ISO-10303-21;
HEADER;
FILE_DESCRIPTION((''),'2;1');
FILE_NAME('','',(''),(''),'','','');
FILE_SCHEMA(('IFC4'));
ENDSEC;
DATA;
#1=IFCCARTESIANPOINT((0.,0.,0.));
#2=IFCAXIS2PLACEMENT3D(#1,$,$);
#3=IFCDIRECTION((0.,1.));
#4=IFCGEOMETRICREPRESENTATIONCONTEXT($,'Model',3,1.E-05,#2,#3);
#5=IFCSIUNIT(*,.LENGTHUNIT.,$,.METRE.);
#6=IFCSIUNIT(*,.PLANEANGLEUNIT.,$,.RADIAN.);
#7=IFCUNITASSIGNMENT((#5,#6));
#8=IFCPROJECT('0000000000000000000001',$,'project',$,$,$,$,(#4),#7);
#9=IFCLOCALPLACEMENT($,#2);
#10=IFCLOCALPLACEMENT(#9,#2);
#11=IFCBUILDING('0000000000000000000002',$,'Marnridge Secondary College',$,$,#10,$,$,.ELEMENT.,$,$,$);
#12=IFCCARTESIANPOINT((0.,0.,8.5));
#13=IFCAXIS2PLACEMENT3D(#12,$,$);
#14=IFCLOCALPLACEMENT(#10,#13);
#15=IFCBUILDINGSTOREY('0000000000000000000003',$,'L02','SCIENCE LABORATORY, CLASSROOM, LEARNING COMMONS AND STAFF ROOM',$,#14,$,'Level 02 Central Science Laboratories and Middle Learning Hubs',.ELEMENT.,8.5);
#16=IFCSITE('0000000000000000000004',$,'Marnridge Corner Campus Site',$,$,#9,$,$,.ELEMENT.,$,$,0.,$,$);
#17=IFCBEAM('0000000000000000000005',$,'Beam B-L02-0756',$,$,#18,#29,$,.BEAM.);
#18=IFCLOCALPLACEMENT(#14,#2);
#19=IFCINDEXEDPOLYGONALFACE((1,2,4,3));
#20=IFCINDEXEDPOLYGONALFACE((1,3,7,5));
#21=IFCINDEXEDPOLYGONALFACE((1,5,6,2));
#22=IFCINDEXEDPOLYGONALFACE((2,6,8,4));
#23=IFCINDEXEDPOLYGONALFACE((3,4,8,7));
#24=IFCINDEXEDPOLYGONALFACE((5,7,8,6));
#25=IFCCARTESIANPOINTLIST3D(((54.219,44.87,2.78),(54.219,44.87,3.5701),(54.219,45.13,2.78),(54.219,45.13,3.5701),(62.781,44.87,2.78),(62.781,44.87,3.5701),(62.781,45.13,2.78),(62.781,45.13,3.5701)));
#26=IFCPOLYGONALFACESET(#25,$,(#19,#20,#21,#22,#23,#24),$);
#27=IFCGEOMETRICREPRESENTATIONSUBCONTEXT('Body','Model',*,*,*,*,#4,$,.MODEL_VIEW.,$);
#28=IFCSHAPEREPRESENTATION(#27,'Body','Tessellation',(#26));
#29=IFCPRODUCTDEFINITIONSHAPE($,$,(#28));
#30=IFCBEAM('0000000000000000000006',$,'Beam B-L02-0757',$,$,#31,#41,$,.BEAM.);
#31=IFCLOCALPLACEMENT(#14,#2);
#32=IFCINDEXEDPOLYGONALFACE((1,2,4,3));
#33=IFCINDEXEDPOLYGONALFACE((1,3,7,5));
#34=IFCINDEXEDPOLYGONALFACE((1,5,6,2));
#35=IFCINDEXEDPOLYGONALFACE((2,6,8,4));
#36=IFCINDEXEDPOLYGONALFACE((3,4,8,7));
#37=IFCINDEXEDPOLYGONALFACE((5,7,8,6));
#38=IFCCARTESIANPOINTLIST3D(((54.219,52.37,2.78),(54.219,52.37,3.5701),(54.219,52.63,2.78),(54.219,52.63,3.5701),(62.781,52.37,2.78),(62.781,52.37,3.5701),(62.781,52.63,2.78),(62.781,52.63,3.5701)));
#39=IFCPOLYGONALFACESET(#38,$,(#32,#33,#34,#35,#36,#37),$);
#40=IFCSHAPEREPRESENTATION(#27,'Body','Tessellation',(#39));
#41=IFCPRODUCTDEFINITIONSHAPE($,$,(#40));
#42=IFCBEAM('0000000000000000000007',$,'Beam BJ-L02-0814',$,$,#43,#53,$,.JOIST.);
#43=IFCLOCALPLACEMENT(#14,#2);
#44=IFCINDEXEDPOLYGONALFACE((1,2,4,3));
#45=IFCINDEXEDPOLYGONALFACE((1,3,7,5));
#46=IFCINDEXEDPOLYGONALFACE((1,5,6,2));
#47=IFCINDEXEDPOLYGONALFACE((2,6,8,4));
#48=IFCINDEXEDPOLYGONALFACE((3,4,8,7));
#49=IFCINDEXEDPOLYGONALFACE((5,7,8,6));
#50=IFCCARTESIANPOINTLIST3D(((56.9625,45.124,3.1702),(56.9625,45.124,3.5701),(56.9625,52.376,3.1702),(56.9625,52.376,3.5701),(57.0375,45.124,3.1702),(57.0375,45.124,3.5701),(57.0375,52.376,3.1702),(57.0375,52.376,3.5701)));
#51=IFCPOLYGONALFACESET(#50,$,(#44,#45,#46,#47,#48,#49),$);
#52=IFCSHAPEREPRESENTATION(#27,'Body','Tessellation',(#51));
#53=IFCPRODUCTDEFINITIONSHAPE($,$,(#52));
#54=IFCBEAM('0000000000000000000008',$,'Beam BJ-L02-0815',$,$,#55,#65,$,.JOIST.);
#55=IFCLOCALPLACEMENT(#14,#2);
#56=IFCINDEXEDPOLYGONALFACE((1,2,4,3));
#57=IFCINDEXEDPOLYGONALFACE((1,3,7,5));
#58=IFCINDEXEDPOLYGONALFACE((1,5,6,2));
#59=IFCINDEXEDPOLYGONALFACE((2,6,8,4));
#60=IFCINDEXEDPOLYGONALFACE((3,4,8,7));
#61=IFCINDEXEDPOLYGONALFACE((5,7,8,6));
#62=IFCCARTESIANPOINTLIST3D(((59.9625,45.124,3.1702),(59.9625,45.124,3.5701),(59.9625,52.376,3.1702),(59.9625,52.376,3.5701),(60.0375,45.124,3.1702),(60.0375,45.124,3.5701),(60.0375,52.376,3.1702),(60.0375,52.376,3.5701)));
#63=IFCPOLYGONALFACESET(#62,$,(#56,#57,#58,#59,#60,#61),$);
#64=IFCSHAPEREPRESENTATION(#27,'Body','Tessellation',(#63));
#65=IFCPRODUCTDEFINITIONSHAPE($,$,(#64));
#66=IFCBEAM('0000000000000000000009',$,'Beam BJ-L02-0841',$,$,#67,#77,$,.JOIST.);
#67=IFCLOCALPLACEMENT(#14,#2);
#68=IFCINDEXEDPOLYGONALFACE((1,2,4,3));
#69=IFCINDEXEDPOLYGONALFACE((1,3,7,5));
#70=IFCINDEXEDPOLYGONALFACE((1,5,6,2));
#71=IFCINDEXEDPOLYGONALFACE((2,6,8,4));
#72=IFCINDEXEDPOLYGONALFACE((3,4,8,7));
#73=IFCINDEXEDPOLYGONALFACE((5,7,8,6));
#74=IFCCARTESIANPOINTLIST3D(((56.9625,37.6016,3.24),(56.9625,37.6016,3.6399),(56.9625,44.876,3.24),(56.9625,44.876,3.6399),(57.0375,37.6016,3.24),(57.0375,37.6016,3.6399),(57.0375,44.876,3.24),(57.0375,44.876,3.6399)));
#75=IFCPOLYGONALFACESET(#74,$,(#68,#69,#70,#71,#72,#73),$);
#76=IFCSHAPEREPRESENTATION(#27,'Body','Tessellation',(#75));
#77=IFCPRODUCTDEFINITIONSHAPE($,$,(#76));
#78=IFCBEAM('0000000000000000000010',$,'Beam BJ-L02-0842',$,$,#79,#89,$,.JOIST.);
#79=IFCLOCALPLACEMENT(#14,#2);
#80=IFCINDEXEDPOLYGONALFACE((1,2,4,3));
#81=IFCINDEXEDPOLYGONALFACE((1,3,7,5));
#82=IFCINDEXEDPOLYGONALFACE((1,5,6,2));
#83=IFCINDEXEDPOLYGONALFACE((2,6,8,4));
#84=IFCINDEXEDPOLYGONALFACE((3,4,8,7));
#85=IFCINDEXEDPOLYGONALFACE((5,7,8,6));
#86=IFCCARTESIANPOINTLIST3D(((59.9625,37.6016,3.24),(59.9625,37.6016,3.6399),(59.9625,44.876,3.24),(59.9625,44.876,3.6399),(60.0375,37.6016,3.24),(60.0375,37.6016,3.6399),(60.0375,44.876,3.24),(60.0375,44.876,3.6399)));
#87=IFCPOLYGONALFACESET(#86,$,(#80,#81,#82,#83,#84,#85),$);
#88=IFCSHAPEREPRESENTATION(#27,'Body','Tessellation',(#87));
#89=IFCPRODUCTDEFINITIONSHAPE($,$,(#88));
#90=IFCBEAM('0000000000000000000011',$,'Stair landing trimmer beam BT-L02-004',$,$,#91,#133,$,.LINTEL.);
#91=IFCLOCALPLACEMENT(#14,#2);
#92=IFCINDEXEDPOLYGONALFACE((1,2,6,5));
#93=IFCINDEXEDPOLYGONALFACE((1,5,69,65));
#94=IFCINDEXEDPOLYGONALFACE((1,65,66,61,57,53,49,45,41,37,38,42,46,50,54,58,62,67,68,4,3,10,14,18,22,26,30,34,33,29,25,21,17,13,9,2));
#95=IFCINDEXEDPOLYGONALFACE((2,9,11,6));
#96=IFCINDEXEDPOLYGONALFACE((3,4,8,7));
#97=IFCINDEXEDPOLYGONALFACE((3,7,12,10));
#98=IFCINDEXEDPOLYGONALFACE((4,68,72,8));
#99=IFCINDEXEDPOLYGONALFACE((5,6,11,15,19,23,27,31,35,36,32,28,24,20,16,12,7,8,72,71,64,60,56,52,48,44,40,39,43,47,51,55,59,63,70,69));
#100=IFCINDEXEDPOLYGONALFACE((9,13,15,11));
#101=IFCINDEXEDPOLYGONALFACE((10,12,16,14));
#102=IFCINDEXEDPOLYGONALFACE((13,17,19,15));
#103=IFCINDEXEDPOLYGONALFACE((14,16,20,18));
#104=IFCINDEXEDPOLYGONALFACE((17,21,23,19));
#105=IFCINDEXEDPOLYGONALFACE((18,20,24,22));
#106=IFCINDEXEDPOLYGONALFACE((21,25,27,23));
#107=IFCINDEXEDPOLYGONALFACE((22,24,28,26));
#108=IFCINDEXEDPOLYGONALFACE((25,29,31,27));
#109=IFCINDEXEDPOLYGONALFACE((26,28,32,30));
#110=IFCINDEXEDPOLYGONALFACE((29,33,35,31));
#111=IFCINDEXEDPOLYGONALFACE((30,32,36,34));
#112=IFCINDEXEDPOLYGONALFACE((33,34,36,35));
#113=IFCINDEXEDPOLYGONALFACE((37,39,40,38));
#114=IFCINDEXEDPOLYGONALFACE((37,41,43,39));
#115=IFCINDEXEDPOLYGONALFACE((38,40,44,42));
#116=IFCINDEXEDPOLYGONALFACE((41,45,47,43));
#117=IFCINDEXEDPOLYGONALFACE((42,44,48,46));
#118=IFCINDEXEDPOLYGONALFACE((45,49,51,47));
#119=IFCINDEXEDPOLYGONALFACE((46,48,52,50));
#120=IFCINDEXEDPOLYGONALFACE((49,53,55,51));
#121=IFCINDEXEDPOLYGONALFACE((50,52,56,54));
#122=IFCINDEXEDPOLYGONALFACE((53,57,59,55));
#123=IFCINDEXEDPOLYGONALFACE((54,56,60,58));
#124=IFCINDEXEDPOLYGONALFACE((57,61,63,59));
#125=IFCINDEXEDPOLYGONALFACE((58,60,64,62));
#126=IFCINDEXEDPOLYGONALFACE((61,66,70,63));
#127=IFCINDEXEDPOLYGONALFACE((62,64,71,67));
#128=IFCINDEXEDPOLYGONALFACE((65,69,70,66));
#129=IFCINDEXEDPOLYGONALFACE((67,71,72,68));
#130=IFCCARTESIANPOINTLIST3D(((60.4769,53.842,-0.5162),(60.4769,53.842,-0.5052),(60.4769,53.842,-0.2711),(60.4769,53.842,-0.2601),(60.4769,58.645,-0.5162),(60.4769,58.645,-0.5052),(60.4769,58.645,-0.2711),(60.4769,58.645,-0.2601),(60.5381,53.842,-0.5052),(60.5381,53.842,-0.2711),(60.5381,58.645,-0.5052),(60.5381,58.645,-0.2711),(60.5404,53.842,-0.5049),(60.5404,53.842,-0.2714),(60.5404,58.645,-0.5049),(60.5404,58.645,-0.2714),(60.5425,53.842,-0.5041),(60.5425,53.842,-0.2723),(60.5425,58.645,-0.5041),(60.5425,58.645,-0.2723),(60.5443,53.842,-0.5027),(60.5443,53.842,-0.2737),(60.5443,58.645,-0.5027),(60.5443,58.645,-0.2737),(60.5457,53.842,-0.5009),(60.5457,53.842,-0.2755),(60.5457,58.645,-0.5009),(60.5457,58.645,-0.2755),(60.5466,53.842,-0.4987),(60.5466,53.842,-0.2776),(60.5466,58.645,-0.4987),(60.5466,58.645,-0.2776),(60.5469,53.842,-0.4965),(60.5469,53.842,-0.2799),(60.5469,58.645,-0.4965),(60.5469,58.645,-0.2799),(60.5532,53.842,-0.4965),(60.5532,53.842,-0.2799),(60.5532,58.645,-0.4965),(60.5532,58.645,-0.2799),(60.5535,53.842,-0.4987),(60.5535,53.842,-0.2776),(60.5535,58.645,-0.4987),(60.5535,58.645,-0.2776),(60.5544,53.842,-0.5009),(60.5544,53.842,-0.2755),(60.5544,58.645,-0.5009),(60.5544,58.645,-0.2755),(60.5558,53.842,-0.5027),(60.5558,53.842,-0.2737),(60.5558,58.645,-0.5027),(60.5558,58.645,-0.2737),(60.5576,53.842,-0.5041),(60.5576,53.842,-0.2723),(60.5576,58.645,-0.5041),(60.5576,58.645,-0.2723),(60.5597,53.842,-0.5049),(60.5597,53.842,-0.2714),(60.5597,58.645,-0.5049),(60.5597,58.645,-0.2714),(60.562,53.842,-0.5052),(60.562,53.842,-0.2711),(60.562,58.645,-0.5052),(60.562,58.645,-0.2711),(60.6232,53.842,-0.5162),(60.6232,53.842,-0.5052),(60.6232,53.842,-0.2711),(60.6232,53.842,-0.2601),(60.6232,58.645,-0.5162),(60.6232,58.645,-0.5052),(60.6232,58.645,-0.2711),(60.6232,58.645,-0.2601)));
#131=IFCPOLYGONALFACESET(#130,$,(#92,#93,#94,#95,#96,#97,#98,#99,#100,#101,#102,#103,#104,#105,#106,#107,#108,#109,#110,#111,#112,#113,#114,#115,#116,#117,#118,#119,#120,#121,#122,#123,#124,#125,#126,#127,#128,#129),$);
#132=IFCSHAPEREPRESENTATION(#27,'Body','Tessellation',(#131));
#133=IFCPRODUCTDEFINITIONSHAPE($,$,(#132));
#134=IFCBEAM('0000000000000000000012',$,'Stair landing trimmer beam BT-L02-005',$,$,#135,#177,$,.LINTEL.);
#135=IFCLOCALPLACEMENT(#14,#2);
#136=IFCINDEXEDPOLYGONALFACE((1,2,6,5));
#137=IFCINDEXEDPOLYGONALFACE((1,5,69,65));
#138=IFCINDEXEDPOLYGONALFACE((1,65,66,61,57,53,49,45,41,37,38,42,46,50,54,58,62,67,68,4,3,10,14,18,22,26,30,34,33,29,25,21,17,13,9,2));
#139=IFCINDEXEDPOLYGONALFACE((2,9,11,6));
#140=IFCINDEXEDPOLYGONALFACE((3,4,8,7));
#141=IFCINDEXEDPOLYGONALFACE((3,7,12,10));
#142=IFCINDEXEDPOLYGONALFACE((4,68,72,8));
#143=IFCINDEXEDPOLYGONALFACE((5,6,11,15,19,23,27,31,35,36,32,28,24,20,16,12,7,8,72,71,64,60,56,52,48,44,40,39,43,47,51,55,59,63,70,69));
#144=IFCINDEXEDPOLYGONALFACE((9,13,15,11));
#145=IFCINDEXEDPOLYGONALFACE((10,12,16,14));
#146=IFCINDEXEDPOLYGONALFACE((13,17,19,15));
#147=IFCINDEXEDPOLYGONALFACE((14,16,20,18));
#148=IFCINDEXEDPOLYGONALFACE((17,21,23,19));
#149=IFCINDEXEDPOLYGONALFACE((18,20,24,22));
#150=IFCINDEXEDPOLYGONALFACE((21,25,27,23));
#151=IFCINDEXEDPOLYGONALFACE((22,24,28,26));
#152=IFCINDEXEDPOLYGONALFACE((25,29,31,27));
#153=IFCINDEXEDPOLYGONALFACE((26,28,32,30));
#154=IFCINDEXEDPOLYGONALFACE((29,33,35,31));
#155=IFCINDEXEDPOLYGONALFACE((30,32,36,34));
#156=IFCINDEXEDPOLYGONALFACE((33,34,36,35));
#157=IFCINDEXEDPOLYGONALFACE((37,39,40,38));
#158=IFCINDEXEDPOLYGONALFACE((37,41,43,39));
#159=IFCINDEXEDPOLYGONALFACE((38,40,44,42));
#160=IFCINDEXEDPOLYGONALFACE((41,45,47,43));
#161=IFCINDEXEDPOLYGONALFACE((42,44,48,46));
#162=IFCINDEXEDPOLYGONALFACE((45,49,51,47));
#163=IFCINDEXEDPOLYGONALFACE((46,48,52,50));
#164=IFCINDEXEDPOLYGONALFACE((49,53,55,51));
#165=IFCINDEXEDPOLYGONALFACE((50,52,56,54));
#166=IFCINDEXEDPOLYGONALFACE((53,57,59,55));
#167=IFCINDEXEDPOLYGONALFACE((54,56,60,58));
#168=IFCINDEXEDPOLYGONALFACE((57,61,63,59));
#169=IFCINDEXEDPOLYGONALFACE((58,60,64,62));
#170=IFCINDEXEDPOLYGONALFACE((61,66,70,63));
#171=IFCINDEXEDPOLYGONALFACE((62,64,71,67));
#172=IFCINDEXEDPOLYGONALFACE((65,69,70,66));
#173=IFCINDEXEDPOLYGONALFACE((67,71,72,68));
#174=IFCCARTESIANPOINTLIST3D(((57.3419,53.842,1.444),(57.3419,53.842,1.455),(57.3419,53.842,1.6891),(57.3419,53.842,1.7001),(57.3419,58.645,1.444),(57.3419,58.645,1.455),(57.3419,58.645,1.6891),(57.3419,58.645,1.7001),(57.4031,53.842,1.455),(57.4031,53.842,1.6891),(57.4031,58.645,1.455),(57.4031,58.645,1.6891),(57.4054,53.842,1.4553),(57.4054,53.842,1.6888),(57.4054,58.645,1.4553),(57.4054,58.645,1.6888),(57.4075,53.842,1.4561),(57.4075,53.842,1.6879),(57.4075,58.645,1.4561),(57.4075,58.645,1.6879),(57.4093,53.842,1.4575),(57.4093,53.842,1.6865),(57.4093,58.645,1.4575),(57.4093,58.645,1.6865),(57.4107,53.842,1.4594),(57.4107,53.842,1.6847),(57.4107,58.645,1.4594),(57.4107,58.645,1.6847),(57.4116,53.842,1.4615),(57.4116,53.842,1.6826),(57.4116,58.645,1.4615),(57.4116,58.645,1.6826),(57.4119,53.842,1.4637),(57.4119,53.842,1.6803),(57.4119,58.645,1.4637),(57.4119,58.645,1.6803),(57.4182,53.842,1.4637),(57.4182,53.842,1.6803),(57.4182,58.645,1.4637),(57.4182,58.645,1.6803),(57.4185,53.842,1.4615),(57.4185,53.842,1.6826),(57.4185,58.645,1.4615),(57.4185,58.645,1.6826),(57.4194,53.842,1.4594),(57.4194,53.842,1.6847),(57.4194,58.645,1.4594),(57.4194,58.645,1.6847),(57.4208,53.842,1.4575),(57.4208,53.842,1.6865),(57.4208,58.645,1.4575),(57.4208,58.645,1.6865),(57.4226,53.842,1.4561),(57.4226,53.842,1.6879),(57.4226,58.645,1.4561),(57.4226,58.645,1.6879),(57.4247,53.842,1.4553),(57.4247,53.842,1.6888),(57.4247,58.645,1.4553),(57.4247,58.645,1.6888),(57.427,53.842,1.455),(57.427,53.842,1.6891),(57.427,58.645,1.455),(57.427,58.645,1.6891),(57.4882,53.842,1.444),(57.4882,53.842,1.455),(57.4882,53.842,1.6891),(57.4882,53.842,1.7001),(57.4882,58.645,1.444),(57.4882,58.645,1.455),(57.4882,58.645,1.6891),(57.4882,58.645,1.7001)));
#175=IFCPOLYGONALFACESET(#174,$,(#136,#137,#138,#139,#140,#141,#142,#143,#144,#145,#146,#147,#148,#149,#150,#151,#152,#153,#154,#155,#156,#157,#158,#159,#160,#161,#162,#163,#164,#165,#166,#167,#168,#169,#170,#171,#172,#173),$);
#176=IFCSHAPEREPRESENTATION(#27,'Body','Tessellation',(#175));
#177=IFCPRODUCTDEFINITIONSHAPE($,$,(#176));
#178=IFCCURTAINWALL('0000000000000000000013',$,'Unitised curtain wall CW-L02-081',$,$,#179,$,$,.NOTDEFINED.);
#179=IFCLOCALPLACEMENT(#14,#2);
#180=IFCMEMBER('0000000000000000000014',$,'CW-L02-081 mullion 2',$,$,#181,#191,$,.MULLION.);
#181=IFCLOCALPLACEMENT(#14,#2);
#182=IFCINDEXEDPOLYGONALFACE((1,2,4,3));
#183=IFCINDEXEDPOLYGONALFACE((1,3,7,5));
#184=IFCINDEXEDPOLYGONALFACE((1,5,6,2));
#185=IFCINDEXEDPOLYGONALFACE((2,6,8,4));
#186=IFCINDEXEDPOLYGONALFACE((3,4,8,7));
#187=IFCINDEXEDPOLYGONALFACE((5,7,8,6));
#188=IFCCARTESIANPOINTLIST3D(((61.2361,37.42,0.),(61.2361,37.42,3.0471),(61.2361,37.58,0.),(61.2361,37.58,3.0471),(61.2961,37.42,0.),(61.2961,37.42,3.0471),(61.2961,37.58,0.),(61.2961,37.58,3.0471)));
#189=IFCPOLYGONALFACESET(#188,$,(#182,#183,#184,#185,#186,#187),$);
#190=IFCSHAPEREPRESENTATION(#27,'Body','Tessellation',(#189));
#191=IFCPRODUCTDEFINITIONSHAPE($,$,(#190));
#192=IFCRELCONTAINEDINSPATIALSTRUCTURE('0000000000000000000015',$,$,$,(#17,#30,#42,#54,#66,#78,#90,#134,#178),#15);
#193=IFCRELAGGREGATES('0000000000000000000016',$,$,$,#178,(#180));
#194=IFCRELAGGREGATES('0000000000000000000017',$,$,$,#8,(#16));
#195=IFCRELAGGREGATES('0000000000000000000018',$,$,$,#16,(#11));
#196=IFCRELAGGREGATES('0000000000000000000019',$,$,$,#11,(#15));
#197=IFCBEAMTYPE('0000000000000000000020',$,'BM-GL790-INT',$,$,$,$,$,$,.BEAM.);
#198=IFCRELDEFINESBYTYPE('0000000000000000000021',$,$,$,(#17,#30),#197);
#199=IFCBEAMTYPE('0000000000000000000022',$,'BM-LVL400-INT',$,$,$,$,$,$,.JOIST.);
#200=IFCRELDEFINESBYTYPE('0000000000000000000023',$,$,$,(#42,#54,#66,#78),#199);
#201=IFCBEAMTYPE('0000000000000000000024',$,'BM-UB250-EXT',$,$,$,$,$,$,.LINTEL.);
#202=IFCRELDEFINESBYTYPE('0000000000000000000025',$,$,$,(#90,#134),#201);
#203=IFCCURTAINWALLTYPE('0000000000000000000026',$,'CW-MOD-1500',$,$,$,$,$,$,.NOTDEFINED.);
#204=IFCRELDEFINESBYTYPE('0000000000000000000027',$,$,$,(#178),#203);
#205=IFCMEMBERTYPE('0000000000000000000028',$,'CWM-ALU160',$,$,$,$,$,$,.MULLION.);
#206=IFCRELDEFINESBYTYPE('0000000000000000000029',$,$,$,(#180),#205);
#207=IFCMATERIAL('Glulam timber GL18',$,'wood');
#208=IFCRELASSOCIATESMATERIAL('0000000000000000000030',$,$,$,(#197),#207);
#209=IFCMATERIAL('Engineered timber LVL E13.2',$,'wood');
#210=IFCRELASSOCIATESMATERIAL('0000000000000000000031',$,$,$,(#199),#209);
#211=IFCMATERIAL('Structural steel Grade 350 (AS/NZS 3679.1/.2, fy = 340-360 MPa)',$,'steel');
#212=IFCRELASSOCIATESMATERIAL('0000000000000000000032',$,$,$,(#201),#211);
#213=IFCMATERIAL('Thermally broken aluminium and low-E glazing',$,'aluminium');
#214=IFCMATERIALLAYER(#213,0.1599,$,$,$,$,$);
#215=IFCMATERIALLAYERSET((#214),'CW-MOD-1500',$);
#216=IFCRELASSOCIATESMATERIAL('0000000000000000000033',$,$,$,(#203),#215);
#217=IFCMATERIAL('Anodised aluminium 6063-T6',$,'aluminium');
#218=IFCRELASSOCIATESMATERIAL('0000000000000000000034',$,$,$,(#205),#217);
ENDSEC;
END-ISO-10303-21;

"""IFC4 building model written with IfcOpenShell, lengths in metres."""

from ifc_helpers import new_model, si_unit, direction, frame, origin, origin_2d, place, context, subcontext, project, spatial, rectangle, i_section, extrude, material, layer, layer_set, material_profile, profile_set, type_object, element, aggregate, save


model = new_model("IFC4")

# Units and contexts
model_context = context("Model", 3, precision=1e-05, world=origin(), true_north=direction((0.0, 1.0)))
body_context = subcontext(model_context, "Body", "Model", "MODEL_VIEW")
ifc_project = project(units=[si_unit("LENGTHUNIT", "METRE"), si_unit("PLANEANGLEUNIT", "RADIAN")], contexts=[model_context])

# Site, building, storey
site_placement = place(None, origin())
site = spatial("IfcSite", under=ifc_project, at=site_placement, Name="Marnridge Corner Campus Site", CompositionType="ELEMENT", RefElevation=0.0)
building_placement = place(site_placement, origin())
building = spatial("IfcBuilding", under=site, at=building_placement, Name="Marnridge Secondary College", CompositionType="ELEMENT")
storey_placement = place(building_placement, frame((0.0, 0.0, 8.5)))
storey = spatial("IfcBuildingStorey", under=building, at=storey_placement, Name="L02", Description="SCIENCE LABORATORY, CLASSROOM, LEARNING COMMONS AND STAFF ROOM", LongName="Level 02 Central Science Laboratories and Middle Learning Hubs", CompositionType="ELEMENT", Elevation=8.5)

# Beams
ifc_material_1 = material(Name="Glulam timber GL18", Category="wood")
ifc_material_profile_1 = material_profile(ifc_material_1, rectangle(XDim=0.26, YDim=0.79, at=origin_2d()), Name="GL18 260x790")
ifc_profile_set_1 = profile_set([ifc_material_profile_1], Name="Glulam timber GL18")
beam_type_1 = type_object("IfcBeamType", Name="BM-GL790-INT", PredefinedType="BEAM", material=ifc_profile_set_1)
for number, where, z_axis, x_axis, name in (
    (1, (54.219, 45.0, 3.175), (1.0, 0.0, 0.0), (0.0, 1.0, 0.0), "Beam B-L02-0756"),
    (2, (54.219, 52.5, 3.175), (1.0, 0.0, 0.0), (0.0, 1.0, 0.0), "Beam B-L02-0757"),
):
    element("IfcBeam", number, at=place(storey_placement, frame(where, z_axis=z_axis, x_axis=x_axis)), inside=storey, type_object=beam_type_1, Name=name, PredefinedType="BEAM", context=body_context, shape_type="SweptSolid", body=[
        extrude(rectangle(XDim=0.26, YDim=0.79, at=origin_2d()), origin(), (0.0, 0.0, 1.0), 8.562),
    ])
ifc_material_2 = material(Name="Engineered timber LVL E13.2", Category="wood")
ifc_material_profile_2 = material_profile(ifc_material_2, rectangle(XDim=0.075, YDim=0.3999, at=origin_2d()), Name="LVL 75x400")
ifc_profile_set_2 = profile_set([ifc_material_profile_2], Name="Engineered timber LVL E13.2")
beam_type_2 = type_object("IfcBeamType", Name="BM-LVL400-INT", PredefinedType="JOIST", material=ifc_profile_set_2)
for number, where, z_axis, x_axis, name in (
    (3, (57.0, 45.124, 3.3701), (0.0, 1.0, 0.0), (-1.0, 0.0, 0.0), "Beam BJ-L02-0814"),
    (4, (60.0, 45.124, 3.3701), (0.0, 1.0, 0.0), (-1.0, 0.0, 0.0), "Beam BJ-L02-0815"),
):
    element("IfcBeam", number, at=place(storey_placement, frame(where, z_axis=z_axis, x_axis=x_axis)), inside=storey, type_object=beam_type_2, Name=name, PredefinedType="JOIST", context=body_context, shape_type="SweptSolid", body=[
        extrude(rectangle(XDim=0.075, YDim=0.3999, at=origin_2d()), origin(), (0.0, 0.0, 1.0), 7.252),
    ])
for number, where, z_axis, x_axis, name in (
    (5, (57.0, 37.6016, 3.4399), (0.0, 1.0, 0.0), (-1.0, 0.0, 0.0), "Beam BJ-L02-0841"),
    (6, (60.0, 37.6016, 3.4399), (0.0, 1.0, 0.0), (-1.0, 0.0, 0.0), "Beam BJ-L02-0842"),
):
    element("IfcBeam", number, at=place(storey_placement, frame(where, z_axis=z_axis, x_axis=x_axis)), inside=storey, type_object=beam_type_2, Name=name, PredefinedType="JOIST", context=body_context, shape_type="SweptSolid", body=[
        extrude(rectangle(XDim=0.075, YDim=0.3999, at=origin_2d()), origin(), (0.0, 0.0, 1.0), 7.2744),
    ])
ifc_material_3 = material(Name="Structural steel Grade 350 (AS/NZS 3679.1/.2, fy = 340-360 MPa)", Category="steel")
ifc_material_profile_3 = material_profile(ifc_material_3, i_section(OverallWidth=0.1462, OverallDepth=0.2561, WebThickness=0.0063, FlangeThickness=0.011, FilletRadius=0.0088, at=origin_2d()), Name="250UB37.3")
ifc_profile_set_3 = profile_set([ifc_material_profile_3], Name="Structural steel Grade 350 (AS/NZS 3679.1/.2, fy = 340-360 MPa)")
beam_type_3 = type_object("IfcBeamType", Name="BM-UB250-EXT", PredefinedType="LINTEL", material=ifc_profile_set_3)
for number, where, z_axis, x_axis, name in (
    (7, (60.55, 53.842, -0.3882), (0.0, 1.0, 0.0), (-1.0, 0.0, 0.0), "Stair landing trimmer beam BT-L02-004"),
    (8, (57.415, 53.842, 1.572), (0.0, 1.0, 0.0), (-1.0, 0.0, 0.0), "Stair landing trimmer beam BT-L02-005"),
):
    element("IfcBeam", number, at=place(storey_placement, frame(where, z_axis=z_axis, x_axis=x_axis)), inside=storey, type_object=beam_type_3, Name=name, PredefinedType="LINTEL", context=body_context, shape_type="SweptSolid", body=[
        extrude(i_section(OverallWidth=0.1462, OverallDepth=0.2561, WebThickness=0.0063, FlangeThickness=0.011, FilletRadius=0.0088, at=origin_2d()), origin(), (0.0, 0.0, 1.0), 4.803),
    ])

# Curtain wall, member
ifc_material_4 = material(Name="Thermally broken aluminium and low-E glazing", Category="aluminium")
ifc_layer_1 = layer(ifc_material_4, 0.1599)
ifc_layer_set_1 = layer_set([ifc_layer_1], Name="CW-MOD-1500")
curtain_wall_type = type_object("IfcCurtainWallType", Name="CW-MOD-1500", PredefinedType="NOTDEFINED", material=ifc_layer_set_1)
curtain_wall_placement = place(storey_placement, origin())
curtain_wall = element("IfcCurtainWall", 9, at=curtain_wall_placement, inside=storey, type_object=curtain_wall_type, Name="Unitised curtain wall CW-L02-081", PredefinedType="NOTDEFINED")
ifc_material_5 = material(Name="Anodised aluminium 6063-T6", Category="aluminium")
ifc_material_profile_4 = material_profile(ifc_material_5, rectangle(XDim=0.0601, YDim=0.1599, at=origin_2d()), Name="ALU 60x160")
ifc_profile_set_4 = profile_set([ifc_material_profile_4], Name="Anodised aluminium 6063-T6")
member_type_1 = type_object("IfcMemberType", Name="CWM-ALU160", PredefinedType="MULLION", material=ifc_profile_set_4)
member_1_placement = place(storey_placement, frame((61.2661, 37.5, 0.0), z_axis=(0.0, 0.0, 1.0), x_axis=(-1.0, 0.0, 0.0)))
member_1 = element("IfcMember", 10, at=member_1_placement, type_object=member_type_1, Name="CW-L02-081 mullion 2", PredefinedType="MULLION", context=body_context, shape_type="SweptSolid", body=[
    extrude(rectangle(XDim=0.0601, YDim=0.1599, at=origin_2d()), origin(), (0.0, 0.0, 1.0), 3.0471),
])
aggregate(curtain_wall, [member_1])

save(model, "model.ifc")
